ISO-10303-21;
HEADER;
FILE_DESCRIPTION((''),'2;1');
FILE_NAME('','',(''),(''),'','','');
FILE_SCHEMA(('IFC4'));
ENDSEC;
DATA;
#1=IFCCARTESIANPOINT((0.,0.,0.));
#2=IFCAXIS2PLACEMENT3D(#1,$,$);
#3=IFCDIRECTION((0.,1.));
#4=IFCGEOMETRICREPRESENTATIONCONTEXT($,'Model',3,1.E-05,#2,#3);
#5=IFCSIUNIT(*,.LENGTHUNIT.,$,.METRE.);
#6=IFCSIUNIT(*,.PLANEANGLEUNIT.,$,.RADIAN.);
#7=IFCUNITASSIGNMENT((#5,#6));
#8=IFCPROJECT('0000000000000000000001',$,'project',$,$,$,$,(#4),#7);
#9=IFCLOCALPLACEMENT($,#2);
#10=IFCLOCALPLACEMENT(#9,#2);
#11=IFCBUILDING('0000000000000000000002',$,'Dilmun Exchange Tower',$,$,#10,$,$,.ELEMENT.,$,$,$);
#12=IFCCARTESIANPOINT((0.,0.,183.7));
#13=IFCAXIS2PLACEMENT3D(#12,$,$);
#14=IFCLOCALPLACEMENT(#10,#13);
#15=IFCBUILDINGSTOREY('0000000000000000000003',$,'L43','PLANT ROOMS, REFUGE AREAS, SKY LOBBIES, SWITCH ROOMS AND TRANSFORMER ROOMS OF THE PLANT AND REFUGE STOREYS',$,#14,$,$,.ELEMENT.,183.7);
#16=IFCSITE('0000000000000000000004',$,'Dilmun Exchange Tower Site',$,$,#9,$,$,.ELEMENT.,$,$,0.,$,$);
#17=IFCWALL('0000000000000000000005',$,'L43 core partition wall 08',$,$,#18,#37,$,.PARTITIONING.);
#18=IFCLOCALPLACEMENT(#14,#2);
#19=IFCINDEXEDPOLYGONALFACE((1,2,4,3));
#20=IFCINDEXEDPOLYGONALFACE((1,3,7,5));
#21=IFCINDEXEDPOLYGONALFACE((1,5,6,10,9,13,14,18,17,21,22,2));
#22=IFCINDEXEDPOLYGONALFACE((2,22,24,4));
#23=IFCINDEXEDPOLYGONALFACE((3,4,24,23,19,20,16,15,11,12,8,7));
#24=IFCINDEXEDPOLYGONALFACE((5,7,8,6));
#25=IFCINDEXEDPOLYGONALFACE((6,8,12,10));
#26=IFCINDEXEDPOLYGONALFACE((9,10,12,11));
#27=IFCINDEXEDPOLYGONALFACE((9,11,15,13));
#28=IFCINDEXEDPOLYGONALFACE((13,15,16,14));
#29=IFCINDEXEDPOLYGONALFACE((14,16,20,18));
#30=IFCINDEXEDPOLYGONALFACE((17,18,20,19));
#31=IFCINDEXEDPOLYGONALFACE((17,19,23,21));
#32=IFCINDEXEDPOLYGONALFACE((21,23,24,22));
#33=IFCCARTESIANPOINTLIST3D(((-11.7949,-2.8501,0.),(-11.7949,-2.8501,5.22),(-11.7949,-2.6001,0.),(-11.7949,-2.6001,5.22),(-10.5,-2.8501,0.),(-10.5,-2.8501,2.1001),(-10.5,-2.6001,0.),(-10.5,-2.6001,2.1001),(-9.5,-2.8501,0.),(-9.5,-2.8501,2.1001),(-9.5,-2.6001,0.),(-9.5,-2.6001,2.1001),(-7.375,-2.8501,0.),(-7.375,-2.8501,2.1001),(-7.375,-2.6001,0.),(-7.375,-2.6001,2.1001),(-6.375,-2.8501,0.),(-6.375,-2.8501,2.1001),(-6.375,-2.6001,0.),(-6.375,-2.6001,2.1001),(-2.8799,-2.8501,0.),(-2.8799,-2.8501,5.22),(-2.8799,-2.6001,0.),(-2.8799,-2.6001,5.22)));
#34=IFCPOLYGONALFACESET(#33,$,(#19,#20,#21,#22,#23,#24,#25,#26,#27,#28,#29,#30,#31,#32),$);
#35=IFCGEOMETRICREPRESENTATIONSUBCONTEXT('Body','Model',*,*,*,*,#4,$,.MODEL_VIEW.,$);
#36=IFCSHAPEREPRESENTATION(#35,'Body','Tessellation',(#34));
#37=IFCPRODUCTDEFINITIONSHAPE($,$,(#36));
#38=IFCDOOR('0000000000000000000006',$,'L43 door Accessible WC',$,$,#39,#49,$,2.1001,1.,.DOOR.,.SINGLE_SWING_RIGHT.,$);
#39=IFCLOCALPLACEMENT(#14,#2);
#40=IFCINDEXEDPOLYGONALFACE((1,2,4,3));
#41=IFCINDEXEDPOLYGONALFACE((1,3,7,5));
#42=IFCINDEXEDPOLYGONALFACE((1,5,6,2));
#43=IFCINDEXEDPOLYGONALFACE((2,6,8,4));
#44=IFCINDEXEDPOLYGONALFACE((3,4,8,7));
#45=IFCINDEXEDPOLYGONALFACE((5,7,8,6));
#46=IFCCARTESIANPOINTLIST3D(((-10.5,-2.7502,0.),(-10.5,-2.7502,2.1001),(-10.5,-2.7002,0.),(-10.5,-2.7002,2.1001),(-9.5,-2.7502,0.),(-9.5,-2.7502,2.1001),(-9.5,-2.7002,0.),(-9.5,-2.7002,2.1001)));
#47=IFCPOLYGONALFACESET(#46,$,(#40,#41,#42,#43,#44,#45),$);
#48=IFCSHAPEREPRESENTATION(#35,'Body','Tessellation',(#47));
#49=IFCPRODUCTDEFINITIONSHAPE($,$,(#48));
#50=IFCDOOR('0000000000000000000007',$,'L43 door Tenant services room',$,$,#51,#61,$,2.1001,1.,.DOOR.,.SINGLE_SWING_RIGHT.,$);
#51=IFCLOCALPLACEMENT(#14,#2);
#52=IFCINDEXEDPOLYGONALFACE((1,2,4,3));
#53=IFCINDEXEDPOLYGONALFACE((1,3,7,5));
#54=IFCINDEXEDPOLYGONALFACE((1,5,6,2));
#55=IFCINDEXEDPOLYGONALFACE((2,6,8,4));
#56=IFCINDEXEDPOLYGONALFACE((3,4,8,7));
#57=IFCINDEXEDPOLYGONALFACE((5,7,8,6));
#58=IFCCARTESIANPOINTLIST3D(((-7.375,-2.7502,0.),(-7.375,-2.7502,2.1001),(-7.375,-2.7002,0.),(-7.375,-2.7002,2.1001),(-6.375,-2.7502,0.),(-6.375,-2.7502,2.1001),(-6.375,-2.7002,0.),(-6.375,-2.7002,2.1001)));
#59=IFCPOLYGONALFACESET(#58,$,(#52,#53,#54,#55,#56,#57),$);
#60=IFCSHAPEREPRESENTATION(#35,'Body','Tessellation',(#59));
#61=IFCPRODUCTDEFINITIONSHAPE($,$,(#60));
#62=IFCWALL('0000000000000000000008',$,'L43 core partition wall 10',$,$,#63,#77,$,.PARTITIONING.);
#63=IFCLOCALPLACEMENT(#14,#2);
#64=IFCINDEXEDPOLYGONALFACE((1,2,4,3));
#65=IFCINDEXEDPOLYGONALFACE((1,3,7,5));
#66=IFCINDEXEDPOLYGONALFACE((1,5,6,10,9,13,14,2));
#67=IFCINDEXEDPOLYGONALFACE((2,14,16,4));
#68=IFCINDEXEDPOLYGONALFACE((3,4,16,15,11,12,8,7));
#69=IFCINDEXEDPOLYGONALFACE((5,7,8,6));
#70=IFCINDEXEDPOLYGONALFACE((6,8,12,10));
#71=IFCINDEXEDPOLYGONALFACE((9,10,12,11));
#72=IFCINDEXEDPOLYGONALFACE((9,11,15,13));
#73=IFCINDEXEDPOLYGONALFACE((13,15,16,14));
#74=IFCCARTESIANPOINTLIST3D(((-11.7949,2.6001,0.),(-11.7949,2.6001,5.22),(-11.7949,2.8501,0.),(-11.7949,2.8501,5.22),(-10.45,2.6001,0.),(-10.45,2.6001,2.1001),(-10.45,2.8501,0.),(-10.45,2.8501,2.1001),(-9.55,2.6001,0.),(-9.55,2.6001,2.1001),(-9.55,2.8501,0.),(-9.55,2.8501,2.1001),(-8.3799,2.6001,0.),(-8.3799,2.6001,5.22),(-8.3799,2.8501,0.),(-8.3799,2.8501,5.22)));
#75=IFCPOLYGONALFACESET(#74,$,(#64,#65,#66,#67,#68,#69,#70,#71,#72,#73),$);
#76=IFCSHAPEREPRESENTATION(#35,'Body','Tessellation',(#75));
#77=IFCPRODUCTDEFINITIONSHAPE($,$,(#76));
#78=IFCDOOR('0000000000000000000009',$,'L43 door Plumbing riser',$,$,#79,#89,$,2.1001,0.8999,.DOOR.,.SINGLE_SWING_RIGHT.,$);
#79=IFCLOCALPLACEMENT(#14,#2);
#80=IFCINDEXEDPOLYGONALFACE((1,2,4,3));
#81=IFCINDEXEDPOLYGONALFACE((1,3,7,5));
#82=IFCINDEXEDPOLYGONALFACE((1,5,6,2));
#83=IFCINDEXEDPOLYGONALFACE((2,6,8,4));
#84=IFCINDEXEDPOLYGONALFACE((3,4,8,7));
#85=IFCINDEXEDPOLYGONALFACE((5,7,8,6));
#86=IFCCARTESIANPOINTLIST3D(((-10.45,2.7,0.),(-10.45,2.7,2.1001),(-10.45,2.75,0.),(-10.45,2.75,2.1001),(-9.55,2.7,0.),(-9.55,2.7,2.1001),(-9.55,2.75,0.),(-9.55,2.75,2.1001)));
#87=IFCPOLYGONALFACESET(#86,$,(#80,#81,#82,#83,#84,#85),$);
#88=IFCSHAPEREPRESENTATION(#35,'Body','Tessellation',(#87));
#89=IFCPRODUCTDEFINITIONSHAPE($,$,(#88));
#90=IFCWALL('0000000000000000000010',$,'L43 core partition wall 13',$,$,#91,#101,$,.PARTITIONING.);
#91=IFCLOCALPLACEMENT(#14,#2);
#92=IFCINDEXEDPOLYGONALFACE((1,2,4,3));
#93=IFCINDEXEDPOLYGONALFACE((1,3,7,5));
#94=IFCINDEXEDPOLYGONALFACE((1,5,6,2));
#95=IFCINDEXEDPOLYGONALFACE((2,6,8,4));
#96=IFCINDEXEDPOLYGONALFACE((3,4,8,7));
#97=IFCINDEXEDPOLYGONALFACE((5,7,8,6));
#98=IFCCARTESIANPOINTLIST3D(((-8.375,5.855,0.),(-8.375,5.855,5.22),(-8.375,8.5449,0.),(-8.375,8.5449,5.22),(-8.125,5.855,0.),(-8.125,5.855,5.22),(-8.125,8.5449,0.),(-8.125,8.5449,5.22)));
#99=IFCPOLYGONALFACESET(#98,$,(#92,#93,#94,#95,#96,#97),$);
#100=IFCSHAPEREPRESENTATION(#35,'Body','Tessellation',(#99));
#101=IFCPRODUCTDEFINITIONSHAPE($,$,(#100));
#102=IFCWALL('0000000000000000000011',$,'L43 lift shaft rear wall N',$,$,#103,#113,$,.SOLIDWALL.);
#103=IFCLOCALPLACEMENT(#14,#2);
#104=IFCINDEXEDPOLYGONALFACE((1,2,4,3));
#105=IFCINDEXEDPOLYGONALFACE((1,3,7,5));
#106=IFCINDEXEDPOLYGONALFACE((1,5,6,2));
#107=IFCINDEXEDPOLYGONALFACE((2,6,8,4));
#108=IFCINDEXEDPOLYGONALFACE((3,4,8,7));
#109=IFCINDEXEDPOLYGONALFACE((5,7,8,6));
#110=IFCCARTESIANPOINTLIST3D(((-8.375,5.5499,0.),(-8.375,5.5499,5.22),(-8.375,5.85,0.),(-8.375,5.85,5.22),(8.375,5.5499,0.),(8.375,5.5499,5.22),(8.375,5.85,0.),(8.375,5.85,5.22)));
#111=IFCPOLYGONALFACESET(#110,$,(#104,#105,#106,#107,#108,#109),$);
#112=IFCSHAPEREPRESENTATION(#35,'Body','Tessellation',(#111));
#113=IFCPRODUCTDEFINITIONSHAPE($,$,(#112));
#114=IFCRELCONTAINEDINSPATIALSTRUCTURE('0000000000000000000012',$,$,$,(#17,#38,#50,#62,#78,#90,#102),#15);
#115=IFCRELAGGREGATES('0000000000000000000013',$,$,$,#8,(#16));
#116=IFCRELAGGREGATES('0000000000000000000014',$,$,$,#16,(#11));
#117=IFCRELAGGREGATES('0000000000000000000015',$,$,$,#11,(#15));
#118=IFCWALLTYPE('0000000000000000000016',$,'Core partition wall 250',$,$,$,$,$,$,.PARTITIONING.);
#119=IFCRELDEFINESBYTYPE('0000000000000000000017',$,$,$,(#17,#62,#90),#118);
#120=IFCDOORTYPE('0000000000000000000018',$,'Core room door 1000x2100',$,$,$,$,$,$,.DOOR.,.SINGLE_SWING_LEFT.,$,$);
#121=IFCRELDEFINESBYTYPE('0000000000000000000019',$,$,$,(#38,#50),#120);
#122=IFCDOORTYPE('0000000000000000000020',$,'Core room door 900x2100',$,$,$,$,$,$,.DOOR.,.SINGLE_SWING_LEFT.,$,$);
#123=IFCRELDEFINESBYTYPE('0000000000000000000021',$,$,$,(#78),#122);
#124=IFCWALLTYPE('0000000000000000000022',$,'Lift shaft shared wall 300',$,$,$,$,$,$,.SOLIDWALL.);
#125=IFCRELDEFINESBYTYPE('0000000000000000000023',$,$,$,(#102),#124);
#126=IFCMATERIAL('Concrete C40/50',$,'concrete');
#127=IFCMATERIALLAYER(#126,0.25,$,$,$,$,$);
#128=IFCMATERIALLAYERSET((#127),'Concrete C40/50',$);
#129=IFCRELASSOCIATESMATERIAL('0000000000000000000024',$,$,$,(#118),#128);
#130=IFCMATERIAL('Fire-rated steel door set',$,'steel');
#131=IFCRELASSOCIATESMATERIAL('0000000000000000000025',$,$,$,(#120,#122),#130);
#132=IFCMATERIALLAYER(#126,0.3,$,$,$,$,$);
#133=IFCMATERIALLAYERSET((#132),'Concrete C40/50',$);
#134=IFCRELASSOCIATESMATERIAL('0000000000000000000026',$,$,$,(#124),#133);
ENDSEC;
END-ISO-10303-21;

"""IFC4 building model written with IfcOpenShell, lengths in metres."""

from ifc_helpers import new_model, si_unit, direction, frame, frame_2d, origin, place, context, subcontext, project, spatial, rectangle, extrude, material, layer, layer_set, type_object, element, fill, save


model = new_model("IFC4")

# Units and contexts
model_context = context("Model", 3, precision=1e-05, world=origin(), true_north=direction((0.0, 1.0)))
body_context = subcontext(model_context, "Body", "Model", "MODEL_VIEW")
ifc_project = project(units=[si_unit("LENGTHUNIT", "METRE"), si_unit("PLANEANGLEUNIT", "RADIAN")], contexts=[model_context])

# Site, building, storey
site_placement = place(None, origin())
site = spatial("IfcSite", under=ifc_project, at=site_placement, Name="Dilmun Exchange Tower Site", CompositionType="ELEMENT", RefElevation=0.0)
building_placement = place(site_placement, origin())
building = spatial("IfcBuilding", under=site, at=building_placement, Name="Dilmun Exchange Tower", CompositionType="ELEMENT")
storey_placement = place(building_placement, frame((0.0, 0.0, 183.7)))
storey = spatial("IfcBuildingStorey", under=building, at=storey_placement, Name="L43", Description="PLANT ROOMS, REFUGE AREAS, SKY LOBBIES, SWITCH ROOMS AND TRANSFORMER ROOMS OF THE PLANT AND REFUGE STOREYS", CompositionType="ELEMENT", Elevation=183.7)

# Shared definitions
ifc_material_1 = material(Name="Concrete C40/50", Category="concrete")

# Wall, openings, doors
ifc_layer_1 = layer(ifc_material_1, 0.25)
ifc_layer_set_1 = layer_set([ifc_layer_1], Name="Concrete C40/50")
wall_type_1 = type_object("IfcWallType", Name="Core partition wall 250", PredefinedType="PARTITIONING", material=ifc_layer_set_1)
wall_1_placement = place(storey_placement, frame((-11.7949, -2.7251, 0.0), z_axis=(0.0, 0.0, 1.0), x_axis=(1.0, 0.0, 0.0)))
wall_1 = element("IfcWall", 1, at=wall_1_placement, inside=storey, type_object=wall_type_1, Name="L43 core partition wall 08", PredefinedType="PARTITIONING", context=body_context, shape_type="SweptSolid", body=[
    extrude(rectangle(XDim=8.915, YDim=0.25, at=frame_2d((4.4575, 0.0))), origin(), (0.0, 0.0, 1.0), 5.22),
])
opening_1_placement = place(wall_1_placement, frame((1.2949, 0.0, 0.0)))
opening_1 = element("IfcOpeningElement", 2, at=opening_1_placement, cuts=wall_1, PredefinedType="OPENING", context=body_context, shape_type="SweptSolid", body=[
    extrude(rectangle(XDim=1.0, YDim=2.1001, at=frame_2d((0.5, 1.05))), frame((0.0, 0.135, 0.0), z_axis=(0.0, -1.0, 0.0), x_axis=(1.0, 0.0, 0.0)), (0.0, 0.0, 1.0), 0.27),
])
opening_2_placement = place(wall_1_placement, frame((4.4199, 0.0, 0.0)))
opening_2 = element("IfcOpeningElement", 3, at=opening_2_placement, cuts=wall_1, PredefinedType="OPENING", context=body_context, shape_type="SweptSolid", body=[
    extrude(rectangle(XDim=1.0, YDim=2.1001, at=frame_2d((0.5, 1.05))), frame((0.0, 0.135, 0.0), z_axis=(0.0, -1.0, 0.0), x_axis=(1.0, 0.0, 0.0)), (0.0, 0.0, 1.0), 0.27),
])
ifc_material_2 = material(Name="Fire-rated steel door set", Category="steel")
door_type_1 = type_object("IfcDoorType", Name="Core room door 1000x2100", OperationType="SINGLE_SWING_LEFT", PredefinedType="DOOR", material=ifc_material_2)
door_1_placement = place(opening_1_placement, origin())
door_1 = element("IfcDoor", 4, at=door_1_placement, inside=storey, type_object=door_type_1, Name="L43 door Accessible WC", OperationType="SINGLE_SWING_RIGHT", OverallHeight=2.1001, OverallWidth=1.0, PredefinedType="DOOR", context=body_context, shape_type="SweptSolid", body=[
    extrude(rectangle(XDim=1.0, YDim=2.1001, at=frame_2d((0.5, 1.05))), frame((0.0, 0.0249, 0.0), z_axis=(0.0, -1.0, 0.0), x_axis=(1.0, 0.0, 0.0)), (0.0, 0.0, 1.0), 0.05),
])
fill(opening_1, door_1)
door_2_placement = place(opening_2_placement, origin())
door_2 = element("IfcDoor", 5, at=door_2_placement, inside=storey, type_object=door_type_1, Name="L43 door Tenant services room", OperationType="SINGLE_SWING_RIGHT", OverallHeight=2.1001, OverallWidth=1.0, PredefinedType="DOOR", context=body_context, shape_type="SweptSolid", body=[
    extrude(rectangle(XDim=1.0, YDim=2.1001, at=frame_2d((0.5, 1.05))), frame((0.0, 0.0249, 0.0), z_axis=(0.0, -1.0, 0.0), x_axis=(1.0, 0.0, 0.0)), (0.0, 0.0, 1.0), 0.05),
])
fill(opening_2, door_2)

# Wall, opening, door
wall_2_placement = place(storey_placement, frame((-11.7949, 2.7251, 0.0), z_axis=(0.0, 0.0, 1.0), x_axis=(1.0, 0.0, 0.0)))
wall_2 = element("IfcWall", 6, at=wall_2_placement, inside=storey, type_object=wall_type_1, Name="L43 core partition wall 10", PredefinedType="PARTITIONING", context=body_context, shape_type="SweptSolid", body=[
    extrude(rectangle(XDim=3.415, YDim=0.25, at=frame_2d((1.7075, 0.0))), origin(), (0.0, 0.0, 1.0), 5.22),
])
opening_3_placement = place(wall_2_placement, frame((1.345, 0.0, 0.0)))
opening_3 = element("IfcOpeningElement", 7, at=opening_3_placement, cuts=wall_2, PredefinedType="OPENING", context=body_context, shape_type="SweptSolid", body=[
    extrude(rectangle(XDim=0.8999, YDim=2.1001, at=frame_2d((0.45, 1.05))), frame((0.0, 0.135, 0.0), z_axis=(0.0, -1.0, 0.0), x_axis=(1.0, 0.0, 0.0)), (0.0, 0.0, 1.0), 0.27),
])
door_type_2 = type_object("IfcDoorType", Name="Core room door 900x2100", OperationType="SINGLE_SWING_LEFT", PredefinedType="DOOR", material=ifc_material_2)
door_3_placement = place(opening_3_placement, origin())
door_3 = element("IfcDoor", 8, at=door_3_placement, inside=storey, type_object=door_type_2, Name="L43 door Plumbing riser", OperationType="SINGLE_SWING_RIGHT", OverallHeight=2.1001, OverallWidth=0.8999, PredefinedType="DOOR", context=body_context, shape_type="SweptSolid", body=[
    extrude(rectangle(XDim=0.8999, YDim=2.1001, at=frame_2d((0.45, 1.05))), frame((0.0, 0.0249, 0.0), z_axis=(0.0, -1.0, 0.0), x_axis=(1.0, 0.0, 0.0)), (0.0, 0.0, 1.0), 0.05),
])
fill(opening_3, door_3)

# Walls
wall_3_placement = place(storey_placement, frame((-8.25, 5.855, 0.0), z_axis=(0.0, 0.0, 1.0), x_axis=(0.0, 1.0, 0.0)))
element("IfcWall", 9, at=wall_3_placement, inside=storey, type_object=wall_type_1, Name="L43 core partition wall 13", PredefinedType="PARTITIONING", context=body_context, shape_type="SweptSolid", body=[
    extrude(rectangle(XDim=2.6899, YDim=0.25, at=frame_2d((1.345, 0.0))), origin(), (0.0, 0.0, 1.0), 5.22),
])
ifc_layer_2 = layer(ifc_material_1, 0.3)
ifc_layer_set_2 = layer_set([ifc_layer_2], Name="Concrete C40/50")
wall_type_2 = type_object("IfcWallType", Name="Lift shaft shared wall 300", PredefinedType="SOLIDWALL", material=ifc_layer_set_2)
wall_4_placement = place(storey_placement, frame((-8.375, 5.7, 0.0), z_axis=(0.0, 0.0, 1.0), x_axis=(1.0, 0.0, 0.0)))
element("IfcWall", 10, at=wall_4_placement, inside=storey, type_object=wall_type_2, Name="L43 lift shaft rear wall N", PredefinedType="SOLIDWALL", context=body_context, shape_type="SweptSolid", body=[
    extrude(rectangle(XDim=16.75, YDim=0.3, at=frame_2d((8.375, 0.0))), origin(), (0.0, 0.0, 1.0), 5.22),
])

save(model, "model.ifc")
